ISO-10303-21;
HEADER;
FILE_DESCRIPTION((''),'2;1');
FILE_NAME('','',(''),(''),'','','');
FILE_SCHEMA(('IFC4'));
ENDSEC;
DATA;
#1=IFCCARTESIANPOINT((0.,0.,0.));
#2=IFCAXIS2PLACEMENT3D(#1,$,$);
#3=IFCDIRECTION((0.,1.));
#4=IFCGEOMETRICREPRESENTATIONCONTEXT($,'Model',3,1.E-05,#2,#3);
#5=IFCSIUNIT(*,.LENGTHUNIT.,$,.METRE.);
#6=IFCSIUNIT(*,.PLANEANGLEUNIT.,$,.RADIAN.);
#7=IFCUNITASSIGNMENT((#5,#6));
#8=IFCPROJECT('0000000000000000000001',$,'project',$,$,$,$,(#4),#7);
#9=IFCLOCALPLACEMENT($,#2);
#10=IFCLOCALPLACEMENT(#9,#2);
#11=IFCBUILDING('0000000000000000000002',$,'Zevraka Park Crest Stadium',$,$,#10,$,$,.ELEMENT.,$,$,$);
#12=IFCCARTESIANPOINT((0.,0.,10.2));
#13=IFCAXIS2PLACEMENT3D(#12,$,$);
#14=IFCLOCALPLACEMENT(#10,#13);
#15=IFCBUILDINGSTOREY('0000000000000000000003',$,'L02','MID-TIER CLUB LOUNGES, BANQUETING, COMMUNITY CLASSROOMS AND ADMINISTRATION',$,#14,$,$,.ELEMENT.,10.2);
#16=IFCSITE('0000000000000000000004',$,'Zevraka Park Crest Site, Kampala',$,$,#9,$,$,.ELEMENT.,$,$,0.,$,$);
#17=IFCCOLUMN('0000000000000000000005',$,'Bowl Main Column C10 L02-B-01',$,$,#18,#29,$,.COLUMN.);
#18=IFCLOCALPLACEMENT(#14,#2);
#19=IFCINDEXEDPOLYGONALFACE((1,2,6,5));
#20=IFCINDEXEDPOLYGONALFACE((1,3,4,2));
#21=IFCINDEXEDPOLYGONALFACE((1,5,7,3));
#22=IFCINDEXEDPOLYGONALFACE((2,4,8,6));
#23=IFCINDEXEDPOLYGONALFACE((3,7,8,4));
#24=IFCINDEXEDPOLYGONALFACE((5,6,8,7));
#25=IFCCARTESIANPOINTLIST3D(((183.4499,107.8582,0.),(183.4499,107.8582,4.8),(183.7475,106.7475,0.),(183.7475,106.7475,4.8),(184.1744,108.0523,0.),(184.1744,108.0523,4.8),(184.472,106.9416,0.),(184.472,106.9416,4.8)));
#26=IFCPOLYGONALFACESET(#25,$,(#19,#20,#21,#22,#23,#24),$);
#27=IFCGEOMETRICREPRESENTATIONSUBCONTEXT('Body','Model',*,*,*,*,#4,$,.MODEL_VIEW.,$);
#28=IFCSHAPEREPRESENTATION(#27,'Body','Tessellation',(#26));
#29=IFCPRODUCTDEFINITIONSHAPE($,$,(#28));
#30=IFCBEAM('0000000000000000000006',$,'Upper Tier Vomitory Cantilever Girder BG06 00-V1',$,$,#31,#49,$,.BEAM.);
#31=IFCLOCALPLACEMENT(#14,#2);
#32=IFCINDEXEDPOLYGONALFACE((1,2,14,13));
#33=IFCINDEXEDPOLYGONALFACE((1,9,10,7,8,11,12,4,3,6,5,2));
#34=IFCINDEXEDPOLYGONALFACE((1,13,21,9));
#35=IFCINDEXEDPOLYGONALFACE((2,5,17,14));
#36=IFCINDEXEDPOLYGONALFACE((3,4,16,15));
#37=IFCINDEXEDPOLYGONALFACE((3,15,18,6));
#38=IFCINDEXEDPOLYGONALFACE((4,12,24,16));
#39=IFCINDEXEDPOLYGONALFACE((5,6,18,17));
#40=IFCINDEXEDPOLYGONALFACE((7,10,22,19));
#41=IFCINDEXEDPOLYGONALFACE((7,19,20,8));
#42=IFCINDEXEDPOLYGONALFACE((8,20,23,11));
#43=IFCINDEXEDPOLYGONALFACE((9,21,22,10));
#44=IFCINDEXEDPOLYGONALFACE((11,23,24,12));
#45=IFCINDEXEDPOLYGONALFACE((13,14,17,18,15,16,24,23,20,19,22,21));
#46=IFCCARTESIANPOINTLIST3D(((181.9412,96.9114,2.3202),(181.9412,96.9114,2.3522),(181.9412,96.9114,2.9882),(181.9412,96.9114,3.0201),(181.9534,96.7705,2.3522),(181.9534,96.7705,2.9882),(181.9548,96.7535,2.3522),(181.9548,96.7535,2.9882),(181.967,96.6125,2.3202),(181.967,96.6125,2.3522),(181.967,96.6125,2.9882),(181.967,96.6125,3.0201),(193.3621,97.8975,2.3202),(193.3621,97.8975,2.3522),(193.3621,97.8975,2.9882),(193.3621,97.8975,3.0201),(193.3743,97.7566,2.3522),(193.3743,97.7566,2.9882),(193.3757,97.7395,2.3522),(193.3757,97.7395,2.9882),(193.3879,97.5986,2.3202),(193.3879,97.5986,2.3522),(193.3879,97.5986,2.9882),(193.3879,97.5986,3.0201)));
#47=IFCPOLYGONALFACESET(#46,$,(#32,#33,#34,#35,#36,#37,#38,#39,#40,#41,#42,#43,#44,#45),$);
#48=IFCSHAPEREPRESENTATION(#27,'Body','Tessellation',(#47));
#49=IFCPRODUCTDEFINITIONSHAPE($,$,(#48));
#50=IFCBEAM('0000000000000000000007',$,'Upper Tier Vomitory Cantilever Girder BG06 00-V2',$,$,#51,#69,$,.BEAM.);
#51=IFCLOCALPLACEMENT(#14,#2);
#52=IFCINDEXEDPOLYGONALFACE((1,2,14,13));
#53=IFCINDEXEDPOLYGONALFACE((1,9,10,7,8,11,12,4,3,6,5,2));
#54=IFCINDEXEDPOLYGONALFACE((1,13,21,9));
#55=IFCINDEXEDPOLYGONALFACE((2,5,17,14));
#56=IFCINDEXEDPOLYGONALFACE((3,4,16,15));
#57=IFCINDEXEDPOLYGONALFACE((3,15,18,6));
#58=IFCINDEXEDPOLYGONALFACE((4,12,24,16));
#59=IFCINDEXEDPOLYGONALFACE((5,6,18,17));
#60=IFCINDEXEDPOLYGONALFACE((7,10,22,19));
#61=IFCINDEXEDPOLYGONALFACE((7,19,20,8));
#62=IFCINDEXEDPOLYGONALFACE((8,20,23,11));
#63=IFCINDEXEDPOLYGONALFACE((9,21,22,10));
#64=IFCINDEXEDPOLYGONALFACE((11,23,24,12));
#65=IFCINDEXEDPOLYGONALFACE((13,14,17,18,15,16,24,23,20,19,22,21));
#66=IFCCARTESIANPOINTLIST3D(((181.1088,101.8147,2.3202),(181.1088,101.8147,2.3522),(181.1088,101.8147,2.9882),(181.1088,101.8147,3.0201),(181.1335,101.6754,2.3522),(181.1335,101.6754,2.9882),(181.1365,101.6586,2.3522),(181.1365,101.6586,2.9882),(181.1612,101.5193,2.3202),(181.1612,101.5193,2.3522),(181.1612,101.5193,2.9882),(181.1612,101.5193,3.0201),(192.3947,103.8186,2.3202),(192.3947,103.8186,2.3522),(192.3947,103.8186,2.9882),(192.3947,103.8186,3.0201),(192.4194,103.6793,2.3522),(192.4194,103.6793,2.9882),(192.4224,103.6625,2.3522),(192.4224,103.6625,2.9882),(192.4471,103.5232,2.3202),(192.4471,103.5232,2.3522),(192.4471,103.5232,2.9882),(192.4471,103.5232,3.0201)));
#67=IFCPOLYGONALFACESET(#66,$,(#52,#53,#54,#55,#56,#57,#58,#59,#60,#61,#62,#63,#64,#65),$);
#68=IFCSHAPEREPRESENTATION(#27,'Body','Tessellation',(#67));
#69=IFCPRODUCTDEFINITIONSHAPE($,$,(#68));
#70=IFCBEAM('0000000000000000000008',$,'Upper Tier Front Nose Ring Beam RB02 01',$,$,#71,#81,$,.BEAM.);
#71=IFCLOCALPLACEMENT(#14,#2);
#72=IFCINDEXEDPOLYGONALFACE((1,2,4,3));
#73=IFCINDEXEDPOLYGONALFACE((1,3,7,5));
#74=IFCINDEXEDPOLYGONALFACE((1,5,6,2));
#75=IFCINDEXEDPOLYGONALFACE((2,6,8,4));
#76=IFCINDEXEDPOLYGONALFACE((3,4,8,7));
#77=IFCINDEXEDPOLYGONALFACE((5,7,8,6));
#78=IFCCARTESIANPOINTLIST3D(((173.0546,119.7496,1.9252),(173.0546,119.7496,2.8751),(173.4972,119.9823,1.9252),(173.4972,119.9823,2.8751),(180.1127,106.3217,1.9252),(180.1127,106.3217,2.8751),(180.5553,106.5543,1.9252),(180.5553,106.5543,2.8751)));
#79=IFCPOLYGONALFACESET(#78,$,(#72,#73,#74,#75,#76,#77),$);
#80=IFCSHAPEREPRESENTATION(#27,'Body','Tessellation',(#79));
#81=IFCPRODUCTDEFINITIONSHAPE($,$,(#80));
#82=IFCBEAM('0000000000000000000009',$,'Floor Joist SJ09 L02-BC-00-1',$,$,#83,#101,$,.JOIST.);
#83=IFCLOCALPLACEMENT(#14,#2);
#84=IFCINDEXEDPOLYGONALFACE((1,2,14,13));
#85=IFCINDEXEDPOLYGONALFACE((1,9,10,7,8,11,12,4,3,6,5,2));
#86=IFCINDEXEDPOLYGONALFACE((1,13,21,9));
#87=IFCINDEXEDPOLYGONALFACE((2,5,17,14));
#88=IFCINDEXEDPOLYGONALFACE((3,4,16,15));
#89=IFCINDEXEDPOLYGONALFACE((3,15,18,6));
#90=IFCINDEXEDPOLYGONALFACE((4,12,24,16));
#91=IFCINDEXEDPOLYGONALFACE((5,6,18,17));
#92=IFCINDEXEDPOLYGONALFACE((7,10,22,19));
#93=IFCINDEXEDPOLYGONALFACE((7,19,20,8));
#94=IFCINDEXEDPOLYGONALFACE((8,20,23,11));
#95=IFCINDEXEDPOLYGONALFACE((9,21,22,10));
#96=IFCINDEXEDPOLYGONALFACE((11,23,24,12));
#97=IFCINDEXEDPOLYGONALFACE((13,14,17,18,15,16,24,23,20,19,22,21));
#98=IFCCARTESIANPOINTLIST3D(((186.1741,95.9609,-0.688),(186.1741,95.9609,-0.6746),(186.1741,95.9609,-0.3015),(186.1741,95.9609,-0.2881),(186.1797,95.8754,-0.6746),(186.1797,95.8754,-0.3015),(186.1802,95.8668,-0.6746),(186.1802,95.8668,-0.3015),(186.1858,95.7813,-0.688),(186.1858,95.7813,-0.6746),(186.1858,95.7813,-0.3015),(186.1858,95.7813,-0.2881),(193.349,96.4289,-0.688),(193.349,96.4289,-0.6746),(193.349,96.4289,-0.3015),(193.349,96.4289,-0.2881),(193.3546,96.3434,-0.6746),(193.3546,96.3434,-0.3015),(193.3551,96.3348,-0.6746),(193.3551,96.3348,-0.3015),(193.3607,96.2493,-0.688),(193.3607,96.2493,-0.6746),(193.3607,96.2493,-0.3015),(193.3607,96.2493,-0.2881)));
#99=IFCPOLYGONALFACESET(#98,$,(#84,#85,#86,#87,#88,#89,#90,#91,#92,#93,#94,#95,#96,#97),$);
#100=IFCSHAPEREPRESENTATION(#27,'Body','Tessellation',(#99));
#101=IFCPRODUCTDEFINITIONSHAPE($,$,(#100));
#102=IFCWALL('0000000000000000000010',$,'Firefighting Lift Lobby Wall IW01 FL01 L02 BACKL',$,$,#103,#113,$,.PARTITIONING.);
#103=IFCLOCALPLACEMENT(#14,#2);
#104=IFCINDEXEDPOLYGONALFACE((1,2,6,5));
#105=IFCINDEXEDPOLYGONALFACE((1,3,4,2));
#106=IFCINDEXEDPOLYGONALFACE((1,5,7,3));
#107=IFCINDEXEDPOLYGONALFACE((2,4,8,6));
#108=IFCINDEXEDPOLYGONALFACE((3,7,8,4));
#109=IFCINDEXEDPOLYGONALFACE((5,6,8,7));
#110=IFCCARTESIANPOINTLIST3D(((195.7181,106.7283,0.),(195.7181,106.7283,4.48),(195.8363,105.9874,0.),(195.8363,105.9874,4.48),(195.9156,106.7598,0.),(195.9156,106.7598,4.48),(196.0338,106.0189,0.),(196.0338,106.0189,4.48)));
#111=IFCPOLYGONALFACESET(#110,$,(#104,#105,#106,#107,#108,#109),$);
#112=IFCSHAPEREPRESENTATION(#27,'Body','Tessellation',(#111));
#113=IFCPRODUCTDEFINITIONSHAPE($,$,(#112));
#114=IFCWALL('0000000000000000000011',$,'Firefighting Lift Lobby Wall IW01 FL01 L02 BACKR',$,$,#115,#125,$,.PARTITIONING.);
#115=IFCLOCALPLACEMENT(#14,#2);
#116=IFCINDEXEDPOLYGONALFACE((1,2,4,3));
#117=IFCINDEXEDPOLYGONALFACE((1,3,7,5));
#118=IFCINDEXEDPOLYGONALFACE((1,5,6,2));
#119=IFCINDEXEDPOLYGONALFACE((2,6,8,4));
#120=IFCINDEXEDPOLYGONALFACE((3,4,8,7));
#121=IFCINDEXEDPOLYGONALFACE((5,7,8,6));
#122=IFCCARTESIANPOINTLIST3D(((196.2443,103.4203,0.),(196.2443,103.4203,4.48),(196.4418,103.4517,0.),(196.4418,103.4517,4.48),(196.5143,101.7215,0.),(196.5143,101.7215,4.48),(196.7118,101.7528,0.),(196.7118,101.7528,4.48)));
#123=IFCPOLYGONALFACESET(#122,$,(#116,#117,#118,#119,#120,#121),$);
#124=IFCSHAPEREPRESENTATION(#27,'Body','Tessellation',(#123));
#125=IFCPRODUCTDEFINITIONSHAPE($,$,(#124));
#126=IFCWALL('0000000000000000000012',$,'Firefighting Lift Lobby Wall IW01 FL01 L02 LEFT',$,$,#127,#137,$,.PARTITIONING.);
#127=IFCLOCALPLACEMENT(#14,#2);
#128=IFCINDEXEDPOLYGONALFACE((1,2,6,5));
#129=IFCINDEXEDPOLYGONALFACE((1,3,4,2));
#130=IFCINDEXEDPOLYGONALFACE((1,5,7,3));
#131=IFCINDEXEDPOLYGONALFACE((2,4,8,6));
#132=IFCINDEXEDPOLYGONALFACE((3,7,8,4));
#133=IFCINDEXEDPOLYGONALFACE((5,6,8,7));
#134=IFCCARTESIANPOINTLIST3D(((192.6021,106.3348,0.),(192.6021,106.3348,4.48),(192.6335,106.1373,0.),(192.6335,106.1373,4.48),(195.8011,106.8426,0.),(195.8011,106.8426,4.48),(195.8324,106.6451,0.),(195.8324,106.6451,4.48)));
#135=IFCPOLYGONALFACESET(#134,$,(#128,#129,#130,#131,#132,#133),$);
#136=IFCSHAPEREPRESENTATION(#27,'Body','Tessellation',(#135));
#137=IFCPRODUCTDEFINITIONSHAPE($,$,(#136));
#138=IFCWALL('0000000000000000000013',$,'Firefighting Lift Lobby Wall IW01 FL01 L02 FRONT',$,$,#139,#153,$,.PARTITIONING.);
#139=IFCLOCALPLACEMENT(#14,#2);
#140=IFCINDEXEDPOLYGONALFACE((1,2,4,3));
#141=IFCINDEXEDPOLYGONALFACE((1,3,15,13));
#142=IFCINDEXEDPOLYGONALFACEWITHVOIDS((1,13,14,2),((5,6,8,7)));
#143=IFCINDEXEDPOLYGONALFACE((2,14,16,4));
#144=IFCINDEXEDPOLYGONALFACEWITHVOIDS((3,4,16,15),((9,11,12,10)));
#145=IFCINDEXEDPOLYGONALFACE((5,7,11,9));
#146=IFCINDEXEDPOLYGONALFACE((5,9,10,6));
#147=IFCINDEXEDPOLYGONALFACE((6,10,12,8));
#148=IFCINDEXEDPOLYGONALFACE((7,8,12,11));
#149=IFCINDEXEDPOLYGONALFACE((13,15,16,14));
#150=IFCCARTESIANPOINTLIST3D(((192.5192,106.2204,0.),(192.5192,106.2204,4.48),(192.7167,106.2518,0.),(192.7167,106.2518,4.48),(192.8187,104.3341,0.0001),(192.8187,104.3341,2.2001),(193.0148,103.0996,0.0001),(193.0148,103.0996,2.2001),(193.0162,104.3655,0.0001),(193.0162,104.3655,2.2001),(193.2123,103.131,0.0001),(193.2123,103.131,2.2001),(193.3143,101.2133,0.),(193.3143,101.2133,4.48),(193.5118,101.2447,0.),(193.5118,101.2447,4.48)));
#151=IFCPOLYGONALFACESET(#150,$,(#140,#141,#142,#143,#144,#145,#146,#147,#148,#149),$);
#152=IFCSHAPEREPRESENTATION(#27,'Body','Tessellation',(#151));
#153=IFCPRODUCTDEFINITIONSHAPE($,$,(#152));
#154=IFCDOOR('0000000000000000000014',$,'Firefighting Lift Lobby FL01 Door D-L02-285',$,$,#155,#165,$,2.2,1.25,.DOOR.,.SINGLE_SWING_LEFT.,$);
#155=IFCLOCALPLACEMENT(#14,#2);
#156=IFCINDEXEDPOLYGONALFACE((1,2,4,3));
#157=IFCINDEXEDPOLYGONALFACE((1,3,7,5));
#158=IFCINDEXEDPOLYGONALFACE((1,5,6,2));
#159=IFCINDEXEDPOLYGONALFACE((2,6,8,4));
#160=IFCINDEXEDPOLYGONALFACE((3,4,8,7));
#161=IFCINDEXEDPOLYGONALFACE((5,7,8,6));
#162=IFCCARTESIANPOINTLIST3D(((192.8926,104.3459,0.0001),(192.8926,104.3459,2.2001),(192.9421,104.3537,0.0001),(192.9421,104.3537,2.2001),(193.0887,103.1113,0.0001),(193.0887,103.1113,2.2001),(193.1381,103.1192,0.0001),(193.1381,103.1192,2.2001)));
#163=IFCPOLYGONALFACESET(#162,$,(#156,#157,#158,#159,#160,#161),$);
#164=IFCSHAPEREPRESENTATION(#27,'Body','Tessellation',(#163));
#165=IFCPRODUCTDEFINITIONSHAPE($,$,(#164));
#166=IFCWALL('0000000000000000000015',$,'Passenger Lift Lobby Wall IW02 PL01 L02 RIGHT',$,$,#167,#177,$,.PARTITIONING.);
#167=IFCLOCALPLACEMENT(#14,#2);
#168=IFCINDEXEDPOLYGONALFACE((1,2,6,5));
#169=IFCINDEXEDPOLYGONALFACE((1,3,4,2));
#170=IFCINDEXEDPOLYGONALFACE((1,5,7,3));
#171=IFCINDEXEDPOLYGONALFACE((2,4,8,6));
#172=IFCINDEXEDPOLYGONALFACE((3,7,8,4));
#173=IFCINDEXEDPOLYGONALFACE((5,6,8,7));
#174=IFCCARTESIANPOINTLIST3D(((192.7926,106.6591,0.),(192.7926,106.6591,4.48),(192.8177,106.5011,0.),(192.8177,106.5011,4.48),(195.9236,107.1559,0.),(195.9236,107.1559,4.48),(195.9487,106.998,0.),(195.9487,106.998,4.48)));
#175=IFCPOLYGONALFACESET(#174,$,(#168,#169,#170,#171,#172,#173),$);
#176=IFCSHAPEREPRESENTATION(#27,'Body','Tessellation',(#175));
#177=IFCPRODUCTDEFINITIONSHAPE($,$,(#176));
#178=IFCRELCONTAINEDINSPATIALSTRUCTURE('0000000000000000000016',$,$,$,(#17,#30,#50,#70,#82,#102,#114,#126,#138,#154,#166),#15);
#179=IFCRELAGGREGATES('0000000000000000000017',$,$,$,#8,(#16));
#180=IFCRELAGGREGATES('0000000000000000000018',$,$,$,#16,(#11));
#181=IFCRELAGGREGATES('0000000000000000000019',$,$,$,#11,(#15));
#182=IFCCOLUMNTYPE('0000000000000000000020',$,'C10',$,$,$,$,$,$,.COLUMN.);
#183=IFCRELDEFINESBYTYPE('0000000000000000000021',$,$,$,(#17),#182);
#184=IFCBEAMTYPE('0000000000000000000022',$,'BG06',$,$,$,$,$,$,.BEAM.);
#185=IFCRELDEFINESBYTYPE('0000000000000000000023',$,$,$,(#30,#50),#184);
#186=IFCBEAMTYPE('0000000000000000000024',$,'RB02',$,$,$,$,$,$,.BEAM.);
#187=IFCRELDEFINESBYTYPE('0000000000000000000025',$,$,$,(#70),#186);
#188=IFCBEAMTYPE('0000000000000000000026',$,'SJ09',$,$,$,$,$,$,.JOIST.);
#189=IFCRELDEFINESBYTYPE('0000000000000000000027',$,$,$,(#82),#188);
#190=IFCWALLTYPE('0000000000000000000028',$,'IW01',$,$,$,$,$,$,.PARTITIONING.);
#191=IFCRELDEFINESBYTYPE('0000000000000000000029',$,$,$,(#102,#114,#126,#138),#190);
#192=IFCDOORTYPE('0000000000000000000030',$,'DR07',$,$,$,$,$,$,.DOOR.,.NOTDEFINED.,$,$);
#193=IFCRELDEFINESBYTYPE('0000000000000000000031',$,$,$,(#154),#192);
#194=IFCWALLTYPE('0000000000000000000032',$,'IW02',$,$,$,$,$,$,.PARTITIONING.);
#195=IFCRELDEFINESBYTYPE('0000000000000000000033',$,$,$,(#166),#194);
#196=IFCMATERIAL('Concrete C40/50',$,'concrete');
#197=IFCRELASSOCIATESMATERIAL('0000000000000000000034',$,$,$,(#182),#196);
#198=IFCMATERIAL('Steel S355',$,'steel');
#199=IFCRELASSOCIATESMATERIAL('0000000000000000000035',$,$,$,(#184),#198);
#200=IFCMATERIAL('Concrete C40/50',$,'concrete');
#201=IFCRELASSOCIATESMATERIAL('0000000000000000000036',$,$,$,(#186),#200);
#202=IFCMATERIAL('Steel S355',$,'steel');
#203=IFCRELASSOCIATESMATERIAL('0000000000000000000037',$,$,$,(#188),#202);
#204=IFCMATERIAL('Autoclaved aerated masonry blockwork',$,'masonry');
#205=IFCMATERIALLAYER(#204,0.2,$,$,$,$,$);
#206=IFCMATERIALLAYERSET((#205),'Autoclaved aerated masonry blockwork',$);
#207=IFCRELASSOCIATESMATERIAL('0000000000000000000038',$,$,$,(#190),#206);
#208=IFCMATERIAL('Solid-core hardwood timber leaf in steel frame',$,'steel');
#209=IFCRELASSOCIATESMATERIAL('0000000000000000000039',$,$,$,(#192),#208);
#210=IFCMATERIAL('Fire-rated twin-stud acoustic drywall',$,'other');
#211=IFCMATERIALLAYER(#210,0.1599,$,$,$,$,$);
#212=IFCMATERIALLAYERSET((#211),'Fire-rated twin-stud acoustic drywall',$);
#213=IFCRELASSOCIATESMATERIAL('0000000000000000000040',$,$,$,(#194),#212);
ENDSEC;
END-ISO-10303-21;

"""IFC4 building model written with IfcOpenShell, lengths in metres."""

from ifc_helpers import new_model, si_unit, direction, frame, frame_2d, origin, origin_2d, place, context, subcontext, project, spatial, rectangle, i_section, extrude, material, layer, layer_set, material_profile, profile_set, type_object, element, fill, save


model = new_model("IFC4")

# Units and contexts
model_context = context("Model", 3, precision=1e-05, world=origin(), true_north=direction((0.0, 1.0)))
body_context = subcontext(model_context, "Body", "Model", "MODEL_VIEW")
ifc_project = project(units=[si_unit("LENGTHUNIT", "METRE"), si_unit("PLANEANGLEUNIT", "RADIAN")], contexts=[model_context])

# Site, building, storey
site_placement = place(None, origin())
site = spatial("IfcSite", under=ifc_project, at=site_placement, Name="Zevraka Park Crest Site, Kampala", CompositionType="ELEMENT", RefElevation=0.0)
building_placement = place(site_placement, origin())
building = spatial("IfcBuilding", under=site, at=building_placement, Name="Zevraka Park Crest Stadium", CompositionType="ELEMENT")
storey_placement = place(building_placement, frame((0.0, 0.0, 10.2)))
storey = spatial("IfcBuildingStorey", under=building, at=storey_placement, Name="L02", Description="MID-TIER CLUB LOUNGES, BANQUETING, COMMUNITY CLASSROOMS AND ADMINISTRATION", CompositionType="ELEMENT", Elevation=10.2)

# Column
ifc_material_1 = material(Name="Concrete C40/50", Category="concrete")
ifc_material_profile_1 = material_profile(ifc_material_1, rectangle(XDim=0.75, YDim=1.1499, at=origin_2d()), Name="RC 1150x750")
ifc_profile_set_1 = profile_set([ifc_material_profile_1], Name="Concrete C40/50")
column_type = type_object("IfcColumnType", Name="C10", PredefinedType="COLUMN", material=ifc_profile_set_1)
column_placement = place(storey_placement, frame((183.9609, 107.3999, 0.0), z_axis=(0.0, 0.0, 1.0), x_axis=(0.965926, 0.258819, 0.0)))
element("IfcColumn", 1, at=column_placement, inside=storey, type_object=column_type, Name="Bowl Main Column C10 L02-B-01", PredefinedType="COLUMN", context=body_context, shape_type="SweptSolid", body=[
    extrude(rectangle(XDim=0.75, YDim=1.1499, at=origin_2d()), origin(), (0.0, 0.0, 1.0), 4.8),
])

# Beams
ifc_material_2 = material(Name="Steel S355", Category="steel")
ifc_material_profile_2 = material_profile(ifc_material_2, i_section(OverallWidth=0.3, OverallDepth=0.7, WebThickness=0.0171, FlangeThickness=0.032, at=origin_2d()), Name="HEB 700")
ifc_profile_set_2 = profile_set([ifc_material_profile_2], Name="Steel S355")
beam_type_1 = type_object("IfcBeamType", Name="BG06", PredefinedType="BEAM", material=ifc_profile_set_2)
beam_1_placement = place(storey_placement, frame((193.375, 97.748, 2.6702), z_axis=(-0.996293, -0.08602, 0.0), x_axis=(0.08602, -0.996293, 0.0)))
element("IfcBeam", 2, at=beam_1_placement, inside=storey, type_object=beam_type_1, Name="Upper Tier Vomitory Cantilever Girder BG06 00-V1", PredefinedType="BEAM", context=body_context, shape_type="SweptSolid", body=[
    extrude(i_section(OverallWidth=0.3, OverallDepth=0.7, WebThickness=0.0171, FlangeThickness=0.032, at=origin_2d()), origin(), (0.0, 0.0, 1.0), 11.4634),
])
beam_2_placement = place(storey_placement, frame((192.4209, 103.6709, 2.6702), z_axis=(-0.9846, -0.174824, 0.0), x_axis=(0.174824, -0.9846, 0.0)))
element("IfcBeam", 3, at=beam_2_placement, inside=storey, type_object=beam_type_1, Name="Upper Tier Vomitory Cantilever Girder BG06 00-V2", PredefinedType="BEAM", context=body_context, shape_type="SweptSolid", body=[
    extrude(i_section(OverallWidth=0.3, OverallDepth=0.7, WebThickness=0.0171, FlangeThickness=0.032, at=origin_2d()), origin(), (0.0, 0.0, 1.0), 11.4624),
])
ifc_material_3 = material(Name="Concrete C40/50", Category="concrete")
ifc_material_profile_3 = material_profile(ifc_material_3, rectangle(XDim=0.5, YDim=0.95, at=origin_2d()), Name="RC 950x500")
ifc_profile_set_3 = profile_set([ifc_material_profile_3], Name="Concrete C40/50")
beam_type_2 = type_object("IfcBeamType", Name="RB02", PredefinedType="BEAM", material=ifc_profile_set_3)
beam_3_placement = place(storey_placement, frame((180.334, 106.438, 2.4001), z_axis=(-0.465269, 0.885169, 0.0), x_axis=(-0.885169, -0.465269, 0.0)))
element("IfcBeam", 4, at=beam_3_placement, inside=storey, type_object=beam_type_2, Name="Upper Tier Front Nose Ring Beam RB02 01", PredefinedType="BEAM", context=body_context, shape_type="SweptSolid", body=[
    extrude(rectangle(XDim=0.5, YDim=0.95, at=origin_2d()), origin(), (0.0, 0.0, 1.0), 15.1699),
])
ifc_material_4 = material(Name="Steel S355", Category="steel")
ifc_material_profile_4 = material_profile(ifc_material_4, i_section(OverallWidth=0.1799, OverallDepth=0.3999, WebThickness=0.0085, FlangeThickness=0.0134, at=origin_2d()), Name="IPE 400")
ifc_profile_set_4 = profile_set([ifc_material_profile_4], Name="Steel S355")
beam_type_3 = type_object("IfcBeamType", Name="SJ09", PredefinedType="JOIST", material=ifc_profile_set_4)
beam_4_placement = place(storey_placement, frame((186.1799, 95.8711, -0.488), z_axis=(0.997879, 0.06509, 0.0), x_axis=(-0.06509, 0.997879, 0.0)))
element("IfcBeam", 5, at=beam_4_placement, inside=storey, type_object=beam_type_3, Name="Floor Joist SJ09 L02-BC-00-1", PredefinedType="JOIST", context=body_context, shape_type="SweptSolid", body=[
    extrude(i_section(OverallWidth=0.1799, OverallDepth=0.3999, WebThickness=0.0085, FlangeThickness=0.0134, at=origin_2d()), origin(), (0.0, 0.0, 1.0), 7.1902),
])

# Walls
ifc_material_5 = material(Name="Autoclaved aerated masonry blockwork", Category="masonry")
ifc_layer_1 = layer(ifc_material_5, 0.2)
ifc_layer_set_1 = layer_set([ifc_layer_1], Name="Autoclaved aerated masonry blockwork")
wall_type_1 = type_object("IfcWallType", Name="IW01", PredefinedType="PARTITIONING", material=ifc_layer_set_1)
wall_1_placement = place(storey_placement, frame((195.8169, 106.7439, 0.0), z_axis=(0.0, 0.0, 1.0), x_axis=(0.157483, -0.987522, 0.0)))
element("IfcWall", 6, at=wall_1_placement, inside=storey, type_object=wall_type_1, Name="Firefighting Lift Lobby Wall IW01 FL01 L02 BACKL", PredefinedType="PARTITIONING", context=body_context, shape_type="SweptSolid", body=[
    extrude(rectangle(XDim=0.7502, YDim=0.2, at=frame_2d((0.375, 0.0))), origin(), (0.0, 0.0, 1.0), 4.48),
])
wall_2_placement = place(storey_placement, frame((196.343, 103.436, 0.0), z_axis=(0.0, 0.0, 1.0), x_axis=(0.156961, -0.987605, 0.0)))
element("IfcWall", 7, at=wall_2_placement, inside=storey, type_object=wall_type_1, Name="Firefighting Lift Lobby Wall IW01 FL01 L02 BACKR", PredefinedType="PARTITIONING", context=body_context, shape_type="SweptSolid", body=[
    extrude(rectangle(XDim=1.7202, YDim=0.2, at=frame_2d((0.8601, 0.0))), origin(), (0.0, 0.0, 1.0), 4.48),
])
wall_3_placement = place(storey_placement, frame((195.8169, 106.7439, 0.0), z_axis=(0.0, 0.0, 1.0), x_axis=(-0.987634, -0.156779, 0.0)))
element("IfcWall", 8, at=wall_3_placement, inside=storey, type_object=wall_type_1, Name="Firefighting Lift Lobby Wall IW01 FL01 L02 LEFT", PredefinedType="PARTITIONING", context=body_context, shape_type="SweptSolid", body=[
    extrude(rectangle(XDim=3.239, YDim=0.2, at=frame_2d((1.6196, 0.0))), origin(), (0.0, 0.0, 1.0), 4.48),
])

# Wall, opening, door
wall_4_placement = place(storey_placement, frame((192.6179, 106.2361, 0.0), z_axis=(0.0, 0.0, 1.0), x_axis=(0.156843, -0.987624, 0.0)))
wall_4 = element("IfcWall", 9, at=wall_4_placement, inside=storey, type_object=wall_type_1, Name="Firefighting Lift Lobby Wall IW01 FL01 L02 FRONT", PredefinedType="PARTITIONING", context=body_context, shape_type="SweptSolid", body=[
    extrude(rectangle(XDim=5.0698, YDim=0.2, at=frame_2d((2.5349, 0.0))), origin(), (0.0, 0.0, 1.0), 4.48),
])
opening_1_placement = place(wall_4_placement, frame((1.9099, 0.0, 0.0)))
opening_1 = element("IfcOpeningElement", 10, at=opening_1_placement, cuts=wall_4, PredefinedType="OPENING", context=body_context, shape_type="SweptSolid", body=[
    extrude(rectangle(XDim=1.25, YDim=2.2, at=frame_2d((0.625, 1.1001))), frame((0.0, 0.1099, 0.0), z_axis=(0.0, -1.0, 0.0), x_axis=(1.0, 0.0, 0.0)), (0.0, 0.0, 1.0), 0.22),
])
ifc_material_6 = material(Name="Solid-core hardwood timber leaf in steel frame", Category="steel")
door_type_1 = type_object("IfcDoorType", Name="DR07", OperationType="NOTDEFINED", PredefinedType="DOOR", material=ifc_material_6)
door_1_placement = place(opening_1_placement, origin())
door_1 = element("IfcDoor", 11, at=door_1_placement, inside=storey, type_object=door_type_1, Name="Firefighting Lift Lobby FL01 Door D-L02-285", OperationType="SINGLE_SWING_LEFT", OverallHeight=2.2, OverallWidth=1.25, PredefinedType="DOOR", context=body_context, shape_type="SweptSolid", body=[
    extrude(rectangle(XDim=1.25, YDim=2.2, at=frame_2d((0.625, 1.1001))), frame((0.0, 0.0249, 0.0), z_axis=(0.0, -1.0, 0.0), x_axis=(1.0, 0.0, 0.0)), (0.0, 0.0, 1.0), 0.05),
])
fill(opening_1, door_1)

# Wall
ifc_material_7 = material(Name="Fire-rated twin-stud acoustic drywall", Category="other")
ifc_layer_2 = layer(ifc_material_7, 0.1599)
ifc_layer_set_2 = layer_set([ifc_layer_2], Name="Fire-rated twin-stud acoustic drywall")
wall_type_2 = type_object("IfcWallType", Name="IW02", PredefinedType="PARTITIONING", material=ifc_layer_set_2)
wall_5_placement = place(storey_placement, frame((195.936, 107.0769, 0.0), z_axis=(0.0, 0.0, 1.0), x_axis=(-0.987644, -0.156714, 0.0)))
element("IfcWall", 12, at=wall_5_placement, inside=storey, type_object=wall_type_2, Name="Passenger Lift Lobby Wall IW02 PL01 L02 RIGHT", PredefinedType="PARTITIONING", context=body_context, shape_type="SweptSolid", body=[
    extrude(rectangle(XDim=3.1702, YDim=0.1599, at=frame_2d((1.585, 0.0))), origin(), (0.0, 0.0, 1.0), 4.48),
])

save(model, "model.ifc")
